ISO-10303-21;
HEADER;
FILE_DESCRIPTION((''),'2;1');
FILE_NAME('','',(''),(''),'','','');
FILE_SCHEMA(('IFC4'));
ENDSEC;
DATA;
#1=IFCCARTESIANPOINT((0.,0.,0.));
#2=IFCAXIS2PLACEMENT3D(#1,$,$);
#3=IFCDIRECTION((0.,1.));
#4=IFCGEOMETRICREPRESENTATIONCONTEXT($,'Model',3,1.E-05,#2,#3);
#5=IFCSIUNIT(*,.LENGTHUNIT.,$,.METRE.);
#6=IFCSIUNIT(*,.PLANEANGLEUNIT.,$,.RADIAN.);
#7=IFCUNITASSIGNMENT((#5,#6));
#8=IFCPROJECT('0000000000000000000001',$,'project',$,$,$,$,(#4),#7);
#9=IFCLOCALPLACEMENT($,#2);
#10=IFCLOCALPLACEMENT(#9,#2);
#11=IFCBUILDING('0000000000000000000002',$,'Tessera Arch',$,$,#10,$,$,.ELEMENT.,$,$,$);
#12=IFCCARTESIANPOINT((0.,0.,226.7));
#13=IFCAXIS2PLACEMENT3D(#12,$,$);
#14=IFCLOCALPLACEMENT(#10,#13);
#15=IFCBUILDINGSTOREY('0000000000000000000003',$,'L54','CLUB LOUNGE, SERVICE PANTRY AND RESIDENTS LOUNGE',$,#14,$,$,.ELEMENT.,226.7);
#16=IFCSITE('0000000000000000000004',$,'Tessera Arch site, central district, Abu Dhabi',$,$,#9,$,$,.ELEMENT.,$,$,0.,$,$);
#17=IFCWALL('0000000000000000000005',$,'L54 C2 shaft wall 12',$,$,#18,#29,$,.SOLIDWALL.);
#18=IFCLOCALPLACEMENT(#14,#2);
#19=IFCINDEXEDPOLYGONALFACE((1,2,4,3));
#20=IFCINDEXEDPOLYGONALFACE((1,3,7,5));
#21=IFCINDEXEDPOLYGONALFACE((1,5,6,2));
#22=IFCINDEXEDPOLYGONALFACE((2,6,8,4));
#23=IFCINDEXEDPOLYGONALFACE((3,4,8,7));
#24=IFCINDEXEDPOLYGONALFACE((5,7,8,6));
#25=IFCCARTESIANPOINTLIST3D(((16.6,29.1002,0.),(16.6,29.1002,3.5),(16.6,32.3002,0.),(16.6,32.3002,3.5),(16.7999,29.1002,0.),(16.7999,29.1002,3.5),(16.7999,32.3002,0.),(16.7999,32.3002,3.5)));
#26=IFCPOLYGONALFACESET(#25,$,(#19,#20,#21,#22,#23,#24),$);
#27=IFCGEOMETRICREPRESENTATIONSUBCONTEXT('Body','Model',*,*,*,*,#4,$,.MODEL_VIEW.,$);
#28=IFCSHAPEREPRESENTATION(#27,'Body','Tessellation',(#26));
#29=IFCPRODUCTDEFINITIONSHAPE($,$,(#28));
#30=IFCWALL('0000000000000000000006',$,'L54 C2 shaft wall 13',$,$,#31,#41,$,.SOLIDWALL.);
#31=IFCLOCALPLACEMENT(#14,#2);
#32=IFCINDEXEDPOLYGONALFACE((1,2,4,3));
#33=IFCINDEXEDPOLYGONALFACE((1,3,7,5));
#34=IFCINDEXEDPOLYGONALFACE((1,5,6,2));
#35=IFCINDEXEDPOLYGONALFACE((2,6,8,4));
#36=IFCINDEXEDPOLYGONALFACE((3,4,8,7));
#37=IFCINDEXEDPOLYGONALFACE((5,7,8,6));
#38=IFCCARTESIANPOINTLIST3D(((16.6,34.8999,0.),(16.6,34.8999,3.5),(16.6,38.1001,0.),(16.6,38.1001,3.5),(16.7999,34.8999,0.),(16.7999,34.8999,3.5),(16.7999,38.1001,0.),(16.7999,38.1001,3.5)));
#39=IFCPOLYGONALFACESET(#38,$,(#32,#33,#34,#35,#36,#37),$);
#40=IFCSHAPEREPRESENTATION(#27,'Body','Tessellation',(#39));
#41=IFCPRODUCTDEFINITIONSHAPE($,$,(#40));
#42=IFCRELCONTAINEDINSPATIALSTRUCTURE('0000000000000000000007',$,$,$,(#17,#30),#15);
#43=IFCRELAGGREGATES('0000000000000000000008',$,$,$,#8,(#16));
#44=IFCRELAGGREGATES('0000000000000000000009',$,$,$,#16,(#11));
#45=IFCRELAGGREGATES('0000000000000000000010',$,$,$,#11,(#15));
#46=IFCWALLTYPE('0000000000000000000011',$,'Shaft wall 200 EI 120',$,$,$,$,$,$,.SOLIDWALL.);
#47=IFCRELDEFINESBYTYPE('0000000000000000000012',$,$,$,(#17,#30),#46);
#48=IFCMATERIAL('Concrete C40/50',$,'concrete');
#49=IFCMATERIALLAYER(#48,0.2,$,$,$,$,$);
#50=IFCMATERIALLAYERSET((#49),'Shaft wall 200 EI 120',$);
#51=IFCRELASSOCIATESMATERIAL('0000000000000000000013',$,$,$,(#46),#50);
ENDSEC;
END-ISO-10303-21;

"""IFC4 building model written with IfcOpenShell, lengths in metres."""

from ifc_helpers import new_model, si_unit, direction, frame, frame_2d, origin, place, context, subcontext, project, spatial, rectangle, extrude, material, layer, layer_set, type_object, element, save


model = new_model("IFC4")

# Units and contexts
model_context = context("Model", 3, precision=1e-05, world=origin(), true_north=direction((0.0, 1.0)))
body_context = subcontext(model_context, "Body", "Model", "MODEL_VIEW")
ifc_project = project(units=[si_unit("LENGTHUNIT", "METRE"), si_unit("PLANEANGLEUNIT", "RADIAN")], contexts=[model_context])

# Site, building, storey
site_placement = place(None, origin())
site = spatial("IfcSite", under=ifc_project, at=site_placement, Name="Tessera Arch site, central district, Abu Dhabi", CompositionType="ELEMENT", RefElevation=0.0)
building_placement = place(site_placement, origin())
building = spatial("IfcBuilding", under=site, at=building_placement, Name="Tessera Arch", CompositionType="ELEMENT")
storey_placement = place(building_placement, frame((0.0, 0.0, 226.7)))
storey = spatial("IfcBuildingStorey", under=building, at=storey_placement, Name="L54", Description="CLUB LOUNGE, SERVICE PANTRY AND RESIDENTS LOUNGE", CompositionType="ELEMENT", Elevation=226.7)

# Walls
ifc_material_1 = material(Name="Concrete C40/50", Category="concrete")
ifc_layer_1 = layer(ifc_material_1, 0.2)
ifc_layer_set_1 = layer_set([ifc_layer_1], Name="Shaft wall 200 EI 120")
wall_type_1 = type_object("IfcWallType", Name="Shaft wall 200 EI 120", PredefinedType="SOLIDWALL", material=ifc_layer_set_1)
wall_1_placement = place(storey_placement, frame((16.7, 29.1001, 0.0), z_axis=(0.0, 0.0, 1.0), x_axis=(0.0, 1.0, 0.0)))
element("IfcWall", 1, at=wall_1_placement, inside=storey, type_object=wall_type_1, Name="L54 C2 shaft wall 12", PredefinedType="SOLIDWALL", context=body_context, shape_type="SweptSolid", body=[
    extrude(rectangle(XDim=3.2, YDim=0.2, at=frame_2d((1.6001, 0.0))), origin(), (0.0, 0.0, 1.0), 3.5),
])
wall_2_placement = place(storey_placement, frame((16.7, 34.8999, 0.0), z_axis=(0.0, 0.0, 1.0), x_axis=(0.0, 1.0, 0.0)))
element("IfcWall", 2, at=wall_2_placement, inside=storey, type_object=wall_type_1, Name="L54 C2 shaft wall 13", PredefinedType="SOLIDWALL", context=body_context, shape_type="SweptSolid", body=[
    extrude(rectangle(XDim=3.2002, YDim=0.2, at=frame_2d((1.6001, 0.0))), origin(), (0.0, 0.0, 1.0), 3.5),
])

save(model, "model.ifc")
